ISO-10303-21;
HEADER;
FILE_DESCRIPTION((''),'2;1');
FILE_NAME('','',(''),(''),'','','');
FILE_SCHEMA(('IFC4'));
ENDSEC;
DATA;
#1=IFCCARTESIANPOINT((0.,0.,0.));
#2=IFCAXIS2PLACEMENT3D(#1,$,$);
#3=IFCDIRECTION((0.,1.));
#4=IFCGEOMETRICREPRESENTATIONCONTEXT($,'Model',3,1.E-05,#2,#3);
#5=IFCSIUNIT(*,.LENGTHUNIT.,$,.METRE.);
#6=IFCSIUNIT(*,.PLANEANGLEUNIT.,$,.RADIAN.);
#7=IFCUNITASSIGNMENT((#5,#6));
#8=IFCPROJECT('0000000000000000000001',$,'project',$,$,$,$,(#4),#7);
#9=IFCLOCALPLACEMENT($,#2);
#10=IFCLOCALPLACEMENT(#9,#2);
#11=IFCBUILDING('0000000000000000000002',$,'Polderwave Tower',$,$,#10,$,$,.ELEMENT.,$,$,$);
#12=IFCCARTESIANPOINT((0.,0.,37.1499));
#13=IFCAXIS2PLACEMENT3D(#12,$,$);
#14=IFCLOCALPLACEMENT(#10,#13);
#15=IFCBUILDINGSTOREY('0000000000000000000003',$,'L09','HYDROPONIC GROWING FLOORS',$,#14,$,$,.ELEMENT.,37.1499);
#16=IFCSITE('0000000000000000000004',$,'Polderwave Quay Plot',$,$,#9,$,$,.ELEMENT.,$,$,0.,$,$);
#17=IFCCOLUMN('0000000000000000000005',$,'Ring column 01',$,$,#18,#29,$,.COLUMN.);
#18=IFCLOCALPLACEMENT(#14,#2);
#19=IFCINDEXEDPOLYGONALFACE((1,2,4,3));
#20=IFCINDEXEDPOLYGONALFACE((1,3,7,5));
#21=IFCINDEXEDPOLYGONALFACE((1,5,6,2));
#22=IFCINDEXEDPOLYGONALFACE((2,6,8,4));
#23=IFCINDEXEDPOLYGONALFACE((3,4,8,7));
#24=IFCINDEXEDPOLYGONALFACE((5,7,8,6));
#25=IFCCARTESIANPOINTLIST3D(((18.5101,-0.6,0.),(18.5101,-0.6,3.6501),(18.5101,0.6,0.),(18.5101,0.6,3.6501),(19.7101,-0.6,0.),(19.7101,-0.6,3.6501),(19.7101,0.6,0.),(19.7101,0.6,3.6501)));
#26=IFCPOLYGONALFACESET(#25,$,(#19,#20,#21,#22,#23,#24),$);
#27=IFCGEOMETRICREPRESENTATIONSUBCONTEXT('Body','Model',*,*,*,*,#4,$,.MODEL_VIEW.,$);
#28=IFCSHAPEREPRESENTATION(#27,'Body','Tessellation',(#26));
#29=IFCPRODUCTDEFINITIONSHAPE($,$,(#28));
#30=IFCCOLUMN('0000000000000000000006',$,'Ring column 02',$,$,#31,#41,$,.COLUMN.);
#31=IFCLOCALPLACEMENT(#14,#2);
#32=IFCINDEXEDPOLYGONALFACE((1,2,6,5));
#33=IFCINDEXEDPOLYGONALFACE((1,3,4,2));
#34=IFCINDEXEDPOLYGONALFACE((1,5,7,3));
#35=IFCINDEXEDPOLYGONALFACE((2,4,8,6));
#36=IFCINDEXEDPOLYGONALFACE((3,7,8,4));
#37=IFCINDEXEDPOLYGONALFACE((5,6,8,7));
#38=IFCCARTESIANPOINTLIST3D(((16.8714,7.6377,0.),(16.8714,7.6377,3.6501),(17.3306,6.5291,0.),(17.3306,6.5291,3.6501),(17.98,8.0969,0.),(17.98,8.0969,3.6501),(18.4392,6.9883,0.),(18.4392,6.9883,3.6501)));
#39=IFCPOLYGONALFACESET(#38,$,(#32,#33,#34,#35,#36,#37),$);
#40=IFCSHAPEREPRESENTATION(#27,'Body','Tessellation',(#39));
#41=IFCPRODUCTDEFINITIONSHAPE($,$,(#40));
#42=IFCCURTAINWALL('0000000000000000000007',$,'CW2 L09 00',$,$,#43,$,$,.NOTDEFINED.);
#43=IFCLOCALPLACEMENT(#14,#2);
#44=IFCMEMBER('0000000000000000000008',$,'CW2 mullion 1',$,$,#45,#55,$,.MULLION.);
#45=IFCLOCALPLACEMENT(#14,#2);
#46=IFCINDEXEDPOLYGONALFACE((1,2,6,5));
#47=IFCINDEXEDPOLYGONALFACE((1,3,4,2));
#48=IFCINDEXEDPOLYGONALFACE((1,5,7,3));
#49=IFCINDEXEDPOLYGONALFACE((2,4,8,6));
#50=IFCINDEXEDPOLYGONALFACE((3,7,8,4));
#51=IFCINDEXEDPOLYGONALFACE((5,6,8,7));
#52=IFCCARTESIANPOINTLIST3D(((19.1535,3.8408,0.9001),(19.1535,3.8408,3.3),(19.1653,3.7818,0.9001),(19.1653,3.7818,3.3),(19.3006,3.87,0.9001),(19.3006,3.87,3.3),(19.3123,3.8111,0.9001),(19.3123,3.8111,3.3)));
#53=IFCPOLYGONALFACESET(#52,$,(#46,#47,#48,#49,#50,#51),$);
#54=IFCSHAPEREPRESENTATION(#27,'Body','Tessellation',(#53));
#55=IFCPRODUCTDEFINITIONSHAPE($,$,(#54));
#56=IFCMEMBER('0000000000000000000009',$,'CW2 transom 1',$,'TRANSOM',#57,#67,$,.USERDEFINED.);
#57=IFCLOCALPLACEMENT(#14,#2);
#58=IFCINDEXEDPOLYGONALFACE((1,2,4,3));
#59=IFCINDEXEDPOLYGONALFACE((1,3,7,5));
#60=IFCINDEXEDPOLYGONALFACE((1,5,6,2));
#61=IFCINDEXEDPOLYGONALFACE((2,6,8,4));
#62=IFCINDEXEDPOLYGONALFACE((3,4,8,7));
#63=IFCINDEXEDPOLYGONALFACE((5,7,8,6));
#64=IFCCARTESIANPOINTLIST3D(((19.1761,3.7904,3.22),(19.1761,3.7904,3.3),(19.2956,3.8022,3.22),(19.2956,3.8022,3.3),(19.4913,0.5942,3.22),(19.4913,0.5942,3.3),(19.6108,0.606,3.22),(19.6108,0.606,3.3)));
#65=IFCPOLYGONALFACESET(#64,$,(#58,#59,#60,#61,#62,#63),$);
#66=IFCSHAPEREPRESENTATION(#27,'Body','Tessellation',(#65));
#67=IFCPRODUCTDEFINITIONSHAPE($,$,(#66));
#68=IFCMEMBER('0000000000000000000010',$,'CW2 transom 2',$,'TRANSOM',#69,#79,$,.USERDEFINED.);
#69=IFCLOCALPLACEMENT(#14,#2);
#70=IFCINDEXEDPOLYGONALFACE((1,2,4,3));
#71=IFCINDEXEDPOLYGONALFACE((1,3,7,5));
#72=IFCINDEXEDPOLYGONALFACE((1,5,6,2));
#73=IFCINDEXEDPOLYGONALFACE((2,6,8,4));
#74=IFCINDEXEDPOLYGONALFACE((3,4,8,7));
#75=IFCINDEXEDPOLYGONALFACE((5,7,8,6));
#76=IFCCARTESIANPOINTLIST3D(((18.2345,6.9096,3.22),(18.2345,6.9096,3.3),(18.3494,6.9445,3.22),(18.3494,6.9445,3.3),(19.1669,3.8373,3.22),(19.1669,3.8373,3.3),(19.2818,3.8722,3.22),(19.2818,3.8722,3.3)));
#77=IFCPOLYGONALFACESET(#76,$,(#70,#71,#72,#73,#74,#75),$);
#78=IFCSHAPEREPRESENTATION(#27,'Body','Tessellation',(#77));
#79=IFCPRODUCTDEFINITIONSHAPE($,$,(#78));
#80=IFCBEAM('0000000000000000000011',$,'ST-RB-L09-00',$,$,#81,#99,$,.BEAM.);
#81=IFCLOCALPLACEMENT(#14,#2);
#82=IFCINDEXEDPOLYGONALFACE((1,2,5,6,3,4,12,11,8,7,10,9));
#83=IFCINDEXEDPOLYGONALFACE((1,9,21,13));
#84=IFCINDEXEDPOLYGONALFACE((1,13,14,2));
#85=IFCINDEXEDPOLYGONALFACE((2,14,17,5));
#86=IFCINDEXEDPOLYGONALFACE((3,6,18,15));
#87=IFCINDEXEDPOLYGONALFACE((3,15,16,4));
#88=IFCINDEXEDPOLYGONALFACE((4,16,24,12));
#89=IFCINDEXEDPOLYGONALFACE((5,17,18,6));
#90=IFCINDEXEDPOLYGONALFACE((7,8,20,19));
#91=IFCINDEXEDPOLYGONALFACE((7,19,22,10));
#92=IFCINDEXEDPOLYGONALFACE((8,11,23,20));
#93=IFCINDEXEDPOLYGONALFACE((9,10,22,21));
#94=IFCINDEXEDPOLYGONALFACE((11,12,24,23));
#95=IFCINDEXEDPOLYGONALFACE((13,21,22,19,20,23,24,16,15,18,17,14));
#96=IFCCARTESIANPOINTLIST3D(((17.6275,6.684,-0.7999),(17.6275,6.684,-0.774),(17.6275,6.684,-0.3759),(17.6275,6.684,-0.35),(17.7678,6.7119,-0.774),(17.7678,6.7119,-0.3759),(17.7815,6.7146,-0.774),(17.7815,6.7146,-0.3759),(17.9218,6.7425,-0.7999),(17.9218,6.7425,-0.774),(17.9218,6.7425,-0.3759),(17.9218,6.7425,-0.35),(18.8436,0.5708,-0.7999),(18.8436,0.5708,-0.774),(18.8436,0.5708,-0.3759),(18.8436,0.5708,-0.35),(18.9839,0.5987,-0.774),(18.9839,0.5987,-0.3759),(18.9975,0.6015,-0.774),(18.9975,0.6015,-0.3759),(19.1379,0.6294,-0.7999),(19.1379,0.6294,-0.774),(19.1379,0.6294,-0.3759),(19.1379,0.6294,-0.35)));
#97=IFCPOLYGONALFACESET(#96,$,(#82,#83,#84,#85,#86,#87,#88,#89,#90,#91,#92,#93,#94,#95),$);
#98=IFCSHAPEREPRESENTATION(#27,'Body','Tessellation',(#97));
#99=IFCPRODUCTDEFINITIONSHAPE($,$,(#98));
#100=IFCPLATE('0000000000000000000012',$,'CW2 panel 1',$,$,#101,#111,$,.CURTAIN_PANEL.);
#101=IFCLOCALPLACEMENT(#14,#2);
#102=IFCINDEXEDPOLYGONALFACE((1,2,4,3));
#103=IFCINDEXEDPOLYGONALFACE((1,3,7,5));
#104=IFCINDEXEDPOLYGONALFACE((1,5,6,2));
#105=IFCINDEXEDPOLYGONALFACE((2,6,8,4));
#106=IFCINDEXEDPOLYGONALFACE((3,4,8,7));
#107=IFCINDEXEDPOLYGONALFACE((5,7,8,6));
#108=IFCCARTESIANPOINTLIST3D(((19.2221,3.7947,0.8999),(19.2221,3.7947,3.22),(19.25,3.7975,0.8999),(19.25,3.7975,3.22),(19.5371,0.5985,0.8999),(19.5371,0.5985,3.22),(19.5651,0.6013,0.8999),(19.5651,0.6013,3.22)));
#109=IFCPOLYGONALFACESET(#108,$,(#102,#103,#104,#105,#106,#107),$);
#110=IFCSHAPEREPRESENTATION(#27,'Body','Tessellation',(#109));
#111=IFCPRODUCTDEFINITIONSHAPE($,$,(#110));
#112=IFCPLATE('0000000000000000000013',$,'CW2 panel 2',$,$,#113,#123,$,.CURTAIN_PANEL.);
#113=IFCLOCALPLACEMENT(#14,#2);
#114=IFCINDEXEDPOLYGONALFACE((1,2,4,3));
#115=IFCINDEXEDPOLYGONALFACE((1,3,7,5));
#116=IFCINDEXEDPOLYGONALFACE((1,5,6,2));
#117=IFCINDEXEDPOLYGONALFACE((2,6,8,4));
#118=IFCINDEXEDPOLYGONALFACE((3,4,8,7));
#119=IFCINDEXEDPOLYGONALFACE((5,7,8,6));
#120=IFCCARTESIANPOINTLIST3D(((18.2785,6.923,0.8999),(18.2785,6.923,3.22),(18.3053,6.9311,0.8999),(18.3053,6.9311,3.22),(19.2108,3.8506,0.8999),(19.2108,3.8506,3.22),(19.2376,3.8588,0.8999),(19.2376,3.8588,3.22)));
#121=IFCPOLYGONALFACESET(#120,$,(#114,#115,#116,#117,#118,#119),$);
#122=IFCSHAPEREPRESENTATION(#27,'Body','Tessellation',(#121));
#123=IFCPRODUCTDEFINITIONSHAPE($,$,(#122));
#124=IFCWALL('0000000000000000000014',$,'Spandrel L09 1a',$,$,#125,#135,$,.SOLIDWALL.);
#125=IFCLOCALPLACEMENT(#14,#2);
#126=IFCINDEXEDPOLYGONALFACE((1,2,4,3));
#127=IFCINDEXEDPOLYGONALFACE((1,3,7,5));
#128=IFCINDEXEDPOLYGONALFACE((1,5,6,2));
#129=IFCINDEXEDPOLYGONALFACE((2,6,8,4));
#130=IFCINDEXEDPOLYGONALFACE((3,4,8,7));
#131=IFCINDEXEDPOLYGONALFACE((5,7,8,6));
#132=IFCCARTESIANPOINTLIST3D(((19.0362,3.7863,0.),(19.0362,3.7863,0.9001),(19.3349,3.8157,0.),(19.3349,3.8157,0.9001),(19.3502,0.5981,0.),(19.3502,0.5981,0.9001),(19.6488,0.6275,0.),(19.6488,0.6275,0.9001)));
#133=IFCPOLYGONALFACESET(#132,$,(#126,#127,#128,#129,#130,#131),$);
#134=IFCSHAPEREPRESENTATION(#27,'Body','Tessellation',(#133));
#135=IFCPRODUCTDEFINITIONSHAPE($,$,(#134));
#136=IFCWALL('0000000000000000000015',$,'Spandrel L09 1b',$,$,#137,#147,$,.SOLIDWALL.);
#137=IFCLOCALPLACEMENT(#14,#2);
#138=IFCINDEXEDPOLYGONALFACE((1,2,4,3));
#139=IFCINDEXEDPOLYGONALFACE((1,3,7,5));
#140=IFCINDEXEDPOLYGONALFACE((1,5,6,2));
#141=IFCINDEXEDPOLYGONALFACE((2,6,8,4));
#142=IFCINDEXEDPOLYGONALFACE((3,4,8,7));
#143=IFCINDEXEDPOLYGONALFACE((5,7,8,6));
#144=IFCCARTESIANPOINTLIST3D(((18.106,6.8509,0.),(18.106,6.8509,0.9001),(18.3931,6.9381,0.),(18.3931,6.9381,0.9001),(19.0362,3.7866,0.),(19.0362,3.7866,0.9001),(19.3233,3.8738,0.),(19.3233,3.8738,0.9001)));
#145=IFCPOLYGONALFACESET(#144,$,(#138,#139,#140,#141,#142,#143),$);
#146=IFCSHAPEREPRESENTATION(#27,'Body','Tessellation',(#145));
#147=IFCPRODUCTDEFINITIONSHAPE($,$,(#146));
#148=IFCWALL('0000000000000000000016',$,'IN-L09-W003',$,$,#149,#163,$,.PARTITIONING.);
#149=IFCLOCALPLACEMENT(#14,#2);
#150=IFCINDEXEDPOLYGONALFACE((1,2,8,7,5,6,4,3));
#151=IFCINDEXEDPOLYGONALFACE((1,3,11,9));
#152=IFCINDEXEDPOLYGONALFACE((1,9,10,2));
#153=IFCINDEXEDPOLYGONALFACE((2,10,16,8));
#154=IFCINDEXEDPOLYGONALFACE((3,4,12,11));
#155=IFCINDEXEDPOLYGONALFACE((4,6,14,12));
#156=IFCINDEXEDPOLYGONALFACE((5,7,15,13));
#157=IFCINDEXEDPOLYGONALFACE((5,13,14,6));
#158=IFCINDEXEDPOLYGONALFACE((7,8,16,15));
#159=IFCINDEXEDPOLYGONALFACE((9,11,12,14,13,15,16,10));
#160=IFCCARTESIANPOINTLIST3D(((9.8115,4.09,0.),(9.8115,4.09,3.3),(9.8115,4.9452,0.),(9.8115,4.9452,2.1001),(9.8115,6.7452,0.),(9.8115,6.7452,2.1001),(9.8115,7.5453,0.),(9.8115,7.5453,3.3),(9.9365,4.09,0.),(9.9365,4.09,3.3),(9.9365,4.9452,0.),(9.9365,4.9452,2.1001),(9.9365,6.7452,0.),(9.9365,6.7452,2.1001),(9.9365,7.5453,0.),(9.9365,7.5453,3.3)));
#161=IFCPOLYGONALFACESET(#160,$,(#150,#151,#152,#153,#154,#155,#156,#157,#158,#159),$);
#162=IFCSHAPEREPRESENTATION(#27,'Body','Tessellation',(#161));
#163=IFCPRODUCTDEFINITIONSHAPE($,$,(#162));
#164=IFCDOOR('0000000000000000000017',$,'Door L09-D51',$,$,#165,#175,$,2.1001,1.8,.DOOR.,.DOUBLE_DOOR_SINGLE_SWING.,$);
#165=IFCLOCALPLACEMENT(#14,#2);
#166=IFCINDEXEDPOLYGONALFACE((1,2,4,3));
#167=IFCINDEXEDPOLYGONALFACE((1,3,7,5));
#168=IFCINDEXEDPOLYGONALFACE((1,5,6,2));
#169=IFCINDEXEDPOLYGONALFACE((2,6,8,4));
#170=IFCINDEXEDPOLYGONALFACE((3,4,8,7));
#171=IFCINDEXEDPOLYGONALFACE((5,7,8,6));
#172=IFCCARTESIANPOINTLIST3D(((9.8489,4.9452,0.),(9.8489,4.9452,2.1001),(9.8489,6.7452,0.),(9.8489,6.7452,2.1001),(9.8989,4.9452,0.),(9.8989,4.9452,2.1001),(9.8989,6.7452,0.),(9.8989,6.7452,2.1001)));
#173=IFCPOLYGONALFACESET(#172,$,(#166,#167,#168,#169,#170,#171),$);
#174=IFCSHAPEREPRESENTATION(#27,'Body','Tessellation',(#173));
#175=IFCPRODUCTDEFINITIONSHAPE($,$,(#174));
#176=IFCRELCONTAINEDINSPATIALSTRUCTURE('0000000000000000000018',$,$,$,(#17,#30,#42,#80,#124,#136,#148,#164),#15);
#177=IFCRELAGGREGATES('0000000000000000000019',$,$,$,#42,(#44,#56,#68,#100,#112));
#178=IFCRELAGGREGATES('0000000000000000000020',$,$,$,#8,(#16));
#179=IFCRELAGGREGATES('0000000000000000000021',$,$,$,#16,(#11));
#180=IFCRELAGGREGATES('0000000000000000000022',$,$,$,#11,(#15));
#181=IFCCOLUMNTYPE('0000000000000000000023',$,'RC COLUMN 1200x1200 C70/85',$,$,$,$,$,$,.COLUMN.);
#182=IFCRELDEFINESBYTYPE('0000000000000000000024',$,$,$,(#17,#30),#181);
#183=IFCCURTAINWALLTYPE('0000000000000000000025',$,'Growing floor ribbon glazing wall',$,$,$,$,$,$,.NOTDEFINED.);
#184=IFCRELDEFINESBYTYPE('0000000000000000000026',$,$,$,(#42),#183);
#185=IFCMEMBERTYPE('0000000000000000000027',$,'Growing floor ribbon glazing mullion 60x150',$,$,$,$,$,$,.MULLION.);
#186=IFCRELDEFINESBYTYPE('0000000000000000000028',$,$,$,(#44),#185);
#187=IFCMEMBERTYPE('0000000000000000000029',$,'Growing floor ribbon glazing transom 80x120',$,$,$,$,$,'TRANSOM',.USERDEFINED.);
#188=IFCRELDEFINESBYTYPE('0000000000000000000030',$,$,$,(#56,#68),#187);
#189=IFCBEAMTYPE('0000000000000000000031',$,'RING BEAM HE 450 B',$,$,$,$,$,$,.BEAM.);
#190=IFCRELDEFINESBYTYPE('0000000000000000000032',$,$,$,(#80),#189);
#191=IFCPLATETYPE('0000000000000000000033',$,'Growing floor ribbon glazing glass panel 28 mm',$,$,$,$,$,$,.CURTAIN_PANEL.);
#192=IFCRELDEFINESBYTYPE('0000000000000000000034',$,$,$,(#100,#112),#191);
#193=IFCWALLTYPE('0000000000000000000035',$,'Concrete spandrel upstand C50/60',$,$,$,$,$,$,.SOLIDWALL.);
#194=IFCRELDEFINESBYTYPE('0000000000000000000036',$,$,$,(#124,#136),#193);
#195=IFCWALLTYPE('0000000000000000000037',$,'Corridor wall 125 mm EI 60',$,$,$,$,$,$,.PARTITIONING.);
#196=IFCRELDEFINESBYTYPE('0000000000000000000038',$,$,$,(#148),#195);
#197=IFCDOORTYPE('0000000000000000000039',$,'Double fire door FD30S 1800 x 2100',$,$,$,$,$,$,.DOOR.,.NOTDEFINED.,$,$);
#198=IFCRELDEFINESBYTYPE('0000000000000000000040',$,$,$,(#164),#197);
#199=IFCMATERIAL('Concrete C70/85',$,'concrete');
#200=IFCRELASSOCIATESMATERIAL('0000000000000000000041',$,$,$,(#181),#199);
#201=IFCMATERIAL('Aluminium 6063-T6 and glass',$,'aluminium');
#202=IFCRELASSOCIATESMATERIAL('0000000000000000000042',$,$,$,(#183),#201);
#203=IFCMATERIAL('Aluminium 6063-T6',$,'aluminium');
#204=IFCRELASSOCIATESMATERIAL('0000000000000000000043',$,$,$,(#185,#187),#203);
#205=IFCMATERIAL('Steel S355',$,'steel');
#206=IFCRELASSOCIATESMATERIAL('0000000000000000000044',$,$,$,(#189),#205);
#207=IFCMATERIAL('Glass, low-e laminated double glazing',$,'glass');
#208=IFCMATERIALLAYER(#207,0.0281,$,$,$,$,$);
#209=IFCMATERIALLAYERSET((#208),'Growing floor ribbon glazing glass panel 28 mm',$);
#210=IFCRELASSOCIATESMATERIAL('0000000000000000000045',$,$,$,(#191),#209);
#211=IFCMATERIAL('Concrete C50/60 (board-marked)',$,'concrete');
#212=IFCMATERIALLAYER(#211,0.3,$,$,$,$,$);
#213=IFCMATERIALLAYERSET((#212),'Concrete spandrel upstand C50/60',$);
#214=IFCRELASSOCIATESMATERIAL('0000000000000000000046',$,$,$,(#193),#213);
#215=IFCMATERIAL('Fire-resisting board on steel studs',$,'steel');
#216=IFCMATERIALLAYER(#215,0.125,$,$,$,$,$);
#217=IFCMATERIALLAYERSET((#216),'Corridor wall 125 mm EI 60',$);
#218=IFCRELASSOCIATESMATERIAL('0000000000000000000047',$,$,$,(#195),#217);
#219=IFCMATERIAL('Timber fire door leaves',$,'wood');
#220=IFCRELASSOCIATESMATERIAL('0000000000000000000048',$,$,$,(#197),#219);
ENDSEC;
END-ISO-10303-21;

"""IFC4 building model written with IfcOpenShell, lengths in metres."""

from ifc_helpers import new_model, si_unit, direction, frame, frame_2d, origin, origin_2d, place, context, subcontext, project, spatial, rectangle, i_section, extrude, material, layer, layer_set, material_profile, profile_set, type_object, element, fill, aggregate, save


model = new_model("IFC4")

# Units and contexts
model_context = context("Model", 3, precision=1e-05, world=origin(), true_north=direction((0.0, 1.0)))
body_context = subcontext(model_context, "Body", "Model", "MODEL_VIEW")
ifc_project = project(units=[si_unit("LENGTHUNIT", "METRE"), si_unit("PLANEANGLEUNIT", "RADIAN")], contexts=[model_context])

# Site, building, storey
site_placement = place(None, origin())
site = spatial("IfcSite", under=ifc_project, at=site_placement, Name="Polderwave Quay Plot", CompositionType="ELEMENT", RefElevation=0.0)
building_placement = place(site_placement, origin())
building = spatial("IfcBuilding", under=site, at=building_placement, Name="Polderwave Tower", CompositionType="ELEMENT")
storey_placement = place(building_placement, frame((0.0, 0.0, 37.1499)))
storey = spatial("IfcBuildingStorey", under=building, at=storey_placement, Name="L09", Description="HYDROPONIC GROWING FLOORS", CompositionType="ELEMENT", Elevation=37.1499)

# Columns
ifc_material_1 = material(Name="Concrete C70/85", Category="concrete")
ifc_material_profile_1 = material_profile(ifc_material_1, rectangle(XDim=1.2, YDim=1.2, at=origin_2d()), Name="RC 1200x1200")
ifc_profile_set_1 = profile_set([ifc_material_profile_1], Name="Concrete C70/85")
column_type = type_object("IfcColumnType", Name="RC COLUMN 1200x1200 C70/85", PredefinedType="COLUMN", material=ifc_profile_set_1)
for number, where, z_axis, x_axis, name in (
    (1, (19.1101, 0.0, 0.0), (0.0, 0.0, 1.0), (1.0, 0.0, 0.0), "Ring column 01"),
    (2, (17.6553, 7.313, 0.0), (0.0, 0.0, 1.0), (0.92388, 0.382683, 0.0), "Ring column 02"),
):
    element("IfcColumn", number, at=place(storey_placement, frame(where, z_axis=z_axis, x_axis=x_axis)), inside=storey, type_object=column_type, Name=name, PredefinedType="COLUMN", context=body_context, shape_type="SweptSolid", body=[
        extrude(rectangle(XDim=1.2, YDim=1.2, at=origin_2d()), origin(), (0.0, 0.0, 1.0), 3.6501),
    ])

# Curtain wall, members
ifc_material_2 = material(Name="Aluminium 6063-T6 and glass", Category="aluminium")
curtain_wall_type = type_object("IfcCurtainWallType", Name="Growing floor ribbon glazing wall", PredefinedType="NOTDEFINED", material=ifc_material_2)
curtain_wall_placement = place(storey_placement, origin())
curtain_wall = element("IfcCurtainWall", 3, at=curtain_wall_placement, inside=storey, type_object=curtain_wall_type, Name="CW2 L09 00", PredefinedType="NOTDEFINED")
ifc_material_3 = material(Name="Aluminium 6063-T6", Category="aluminium")
ifc_material_profile_2 = material_profile(ifc_material_3, rectangle(XDim=0.1499, YDim=0.0601, at=origin_2d()), Name="AL 60x150")
ifc_profile_set_2 = profile_set([ifc_material_profile_2], Name="Aluminium 6063-T6")
member_type_1 = type_object("IfcMemberType", Name="Growing floor ribbon glazing mullion 60x150", PredefinedType="MULLION", material=ifc_profile_set_2)
member_1_placement = place(storey_placement, frame((19.2329, 3.8259, 0.9001), z_axis=(0.0, 0.0, 1.0), x_axis=(-0.980768, -0.195178, 0.0)))
member_1 = element("IfcMember", 4, at=member_1_placement, type_object=member_type_1, Name="CW2 mullion 1", PredefinedType="MULLION", context=body_context, shape_type="SweptSolid", body=[
    extrude(rectangle(XDim=0.1499, YDim=0.0601, at=origin_2d()), origin(), (0.0, 0.0, 1.0), 2.3999),
])
ifc_material_profile_3 = material_profile(ifc_material_3, rectangle(XDim=0.1201, YDim=0.0801, at=origin_2d()), Name="AL 80x120")
ifc_profile_set_3 = profile_set([ifc_material_profile_3], Name="Aluminium 6063-T6")
member_type_2 = type_object("IfcMemberType", Name="Growing floor ribbon glazing transom 80x120", ElementType="TRANSOM", PredefinedType="USERDEFINED", material=ifc_profile_set_3)
member_2_placement = place(storey_placement, frame((19.551, 0.6001, 3.26), z_axis=(-0.098141, 0.995172, 0.0), x_axis=(-0.995172, -0.098141, 0.0)))
member_2 = element("IfcMember", 5, at=member_2_placement, type_object=member_type_2, Name="CW2 transom 1", ObjectType="TRANSOM", PredefinedType="USERDEFINED", context=body_context, shape_type="SweptSolid", body=[
    extrude(rectangle(XDim=0.1201, YDim=0.0801, at=origin_2d()), origin(), (0.0, 0.0, 1.0), 3.2117),
])
member_3_placement = place(storey_placement, frame((19.2244, 3.8547, 3.26), z_axis=(-0.290402, 0.956905, 0.0), x_axis=(-0.956905, -0.290402, 0.0)))
member_3 = element("IfcMember", 6, at=member_3_placement, type_object=member_type_2, Name="CW2 transom 2", ObjectType="TRANSOM", PredefinedType="USERDEFINED", context=body_context, shape_type="SweptSolid", body=[
    extrude(rectangle(XDim=0.1201, YDim=0.0801, at=origin_2d()), origin(), (0.0, 0.0, 1.0), 3.2107),
])

# Beam
ifc_material_4 = material(Name="Steel S355", Category="steel")
ifc_material_profile_4 = material_profile(ifc_material_4, i_section(OverallWidth=0.3, OverallDepth=0.45, WebThickness=0.0139, FlangeThickness=0.0259, at=origin_2d()), Name="HE 450 B")
ifc_profile_set_4 = profile_set([ifc_material_profile_4], Name="Steel S355")
beam_type = type_object("IfcBeamType", Name="RING BEAM HE 450 B", PredefinedType="BEAM", material=ifc_profile_set_4)
beam_placement = place(storey_placement, frame((18.9907, 0.6001, -0.575), z_axis=(-0.195107, 0.980782, 0.0), x_axis=(-0.980782, -0.195107, 0.0)))
element("IfcBeam", 7, at=beam_placement, inside=storey, type_object=beam_type, Name="ST-RB-L09-00", PredefinedType="BEAM", context=body_context, shape_type="SweptSolid", body=[
    extrude(i_section(OverallWidth=0.3, OverallDepth=0.45, WebThickness=0.0139, FlangeThickness=0.0259, at=origin_2d()), origin(), (0.0, 0.0, 1.0), 6.2329),
])

# Plates
ifc_material_5 = material(Name="Glass, low-e laminated double glazing", Category="glass")
ifc_layer_1 = layer(ifc_material_5, 0.0281)
ifc_layer_set_1 = layer_set([ifc_layer_1], Name="Growing floor ribbon glazing glass panel 28 mm")
plate_type = type_object("IfcPlateType", Name="Growing floor ribbon glazing glass panel 28 mm", PredefinedType="CURTAIN_PANEL", material=ifc_layer_set_1)
plate_1_placement = place(storey_placement, frame((19.3936, 2.198, 0.8999), z_axis=(0.0, 0.0, 1.0), x_axis=(-0.098099, 0.995177, 0.0)))
plate_1 = element("IfcPlate", 8, at=plate_1_placement, type_object=plate_type, Name="CW2 panel 1", PredefinedType="CURTAIN_PANEL", context=body_context, shape_type="SweptSolid", body=[
    extrude(rectangle(XDim=3.2117, YDim=0.0281, at=origin_2d()), origin(), (0.0, 0.0, 1.0), 2.3201),
])
plate_2_placement = place(storey_placement, frame((18.7581, 5.3909, 0.8999), z_axis=(0.0, 0.0, 1.0), x_axis=(-0.290375, 0.956913, 0.0)))
plate_2 = element("IfcPlate", 9, at=plate_2_placement, type_object=plate_type, Name="CW2 panel 2", PredefinedType="CURTAIN_PANEL", context=body_context, shape_type="SweptSolid", body=[
    extrude(rectangle(XDim=3.2107, YDim=0.0281, at=origin_2d()), origin(), (0.0, 0.0, 1.0), 2.3201),
])
aggregate(curtain_wall, [member_1, member_2, member_3, plate_1, plate_2])

# Walls
ifc_material_6 = material(Name="Concrete C50/60 (board-marked)", Category="concrete")
ifc_layer_2 = layer(ifc_material_6, 0.3)
ifc_layer_set_2 = layer_set([ifc_layer_2], Name="Concrete spandrel upstand C50/60")
wall_type_1 = type_object("IfcWallType", Name="Concrete spandrel upstand C50/60", PredefinedType="SOLIDWALL", material=ifc_layer_set_2)
wall_1_placement = place(storey_placement, frame((19.4995, 0.6128, 0.0), z_axis=(0.0, 0.0, 1.0), x_axis=(-0.098002, 0.995186, 0.0)))
element("IfcWall", 10, at=wall_1_placement, inside=storey, type_object=wall_type_1, Name="Spandrel L09 1a", PredefinedType="SOLIDWALL", context=body_context, shape_type="SweptSolid", body=[
    extrude(rectangle(XDim=3.2036, YDim=0.3, at=frame_2d((1.6018, 0.0))), origin(), (0.0, 0.0, 1.0), 0.9001),
])
wall_2_placement = place(storey_placement, frame((19.1797, 3.8303, 0.0), z_axis=(0.0, 0.0, 1.0), x_axis=(-0.290473, 0.956883, 0.0)))
element("IfcWall", 11, at=wall_2_placement, inside=storey, type_object=wall_type_1, Name="Spandrel L09 1b", PredefinedType="SOLIDWALL", context=body_context, shape_type="SweptSolid", body=[
    extrude(rectangle(XDim=3.2024, YDim=0.3, at=frame_2d((1.6011, 0.0))), origin(), (0.0, 0.0, 1.0), 0.9001),
])

# Wall, opening, door
ifc_material_7 = material(Name="Fire-resisting board on steel studs", Category="steel")
ifc_layer_3 = layer(ifc_material_7, 0.125)
ifc_layer_set_3 = layer_set([ifc_layer_3], Name="Corridor wall 125 mm EI 60")
wall_type_2 = type_object("IfcWallType", Name="Corridor wall 125 mm EI 60", PredefinedType="PARTITIONING", material=ifc_layer_set_3)
wall_3_placement = place(storey_placement, frame((9.874, 7.5452, 0.0), z_axis=(0.0, 0.0, 1.0), x_axis=(0.0, -1.0, 0.0)))
wall_3 = element("IfcWall", 12, at=wall_3_placement, inside=storey, type_object=wall_type_2, Name="IN-L09-W003", PredefinedType="PARTITIONING", context=body_context, shape_type="SweptSolid", body=[
    extrude(rectangle(XDim=3.4553, YDim=0.125, at=frame_2d((1.7275, 0.0))), origin(), (0.0, 0.0, 1.0), 3.3),
])
opening_1_placement = place(wall_3_placement, frame((0.8, 0.0, 0.0)))
opening_1 = element("IfcOpeningElement", 13, at=opening_1_placement, cuts=wall_3, PredefinedType="OPENING", context=body_context, shape_type="SweptSolid", body=[
    extrude(rectangle(XDim=1.8, YDim=2.1001, at=frame_2d((0.8999, 1.05))), frame((0.0, 0.0725, 0.0), z_axis=(0.0, -1.0, 0.0), x_axis=(1.0, 0.0, 0.0)), (0.0, 0.0, 1.0), 0.145),
])
ifc_material_8 = material(Name="Timber fire door leaves", Category="wood")
door_type_1 = type_object("IfcDoorType", Name="Double fire door FD30S 1800 x 2100", OperationType="NOTDEFINED", PredefinedType="DOOR", material=ifc_material_8)
door_1_placement = place(opening_1_placement, origin())
door_1 = element("IfcDoor", 14, at=door_1_placement, inside=storey, type_object=door_type_1, Name="Door L09-D51", OperationType="DOUBLE_DOOR_SINGLE_SWING", OverallHeight=2.1001, OverallWidth=1.8, PredefinedType="DOOR", context=body_context, shape_type="SweptSolid", body=[
    extrude(rectangle(XDim=1.8, YDim=2.1001, at=frame_2d((0.8999, 1.05))), frame((0.0, 0.0249, 0.0), z_axis=(0.0, -1.0, 0.0), x_axis=(1.0, 0.0, 0.0)), (0.0, 0.0, 1.0), 0.05),
])
fill(opening_1, door_1)

save(model, "model.ifc")
